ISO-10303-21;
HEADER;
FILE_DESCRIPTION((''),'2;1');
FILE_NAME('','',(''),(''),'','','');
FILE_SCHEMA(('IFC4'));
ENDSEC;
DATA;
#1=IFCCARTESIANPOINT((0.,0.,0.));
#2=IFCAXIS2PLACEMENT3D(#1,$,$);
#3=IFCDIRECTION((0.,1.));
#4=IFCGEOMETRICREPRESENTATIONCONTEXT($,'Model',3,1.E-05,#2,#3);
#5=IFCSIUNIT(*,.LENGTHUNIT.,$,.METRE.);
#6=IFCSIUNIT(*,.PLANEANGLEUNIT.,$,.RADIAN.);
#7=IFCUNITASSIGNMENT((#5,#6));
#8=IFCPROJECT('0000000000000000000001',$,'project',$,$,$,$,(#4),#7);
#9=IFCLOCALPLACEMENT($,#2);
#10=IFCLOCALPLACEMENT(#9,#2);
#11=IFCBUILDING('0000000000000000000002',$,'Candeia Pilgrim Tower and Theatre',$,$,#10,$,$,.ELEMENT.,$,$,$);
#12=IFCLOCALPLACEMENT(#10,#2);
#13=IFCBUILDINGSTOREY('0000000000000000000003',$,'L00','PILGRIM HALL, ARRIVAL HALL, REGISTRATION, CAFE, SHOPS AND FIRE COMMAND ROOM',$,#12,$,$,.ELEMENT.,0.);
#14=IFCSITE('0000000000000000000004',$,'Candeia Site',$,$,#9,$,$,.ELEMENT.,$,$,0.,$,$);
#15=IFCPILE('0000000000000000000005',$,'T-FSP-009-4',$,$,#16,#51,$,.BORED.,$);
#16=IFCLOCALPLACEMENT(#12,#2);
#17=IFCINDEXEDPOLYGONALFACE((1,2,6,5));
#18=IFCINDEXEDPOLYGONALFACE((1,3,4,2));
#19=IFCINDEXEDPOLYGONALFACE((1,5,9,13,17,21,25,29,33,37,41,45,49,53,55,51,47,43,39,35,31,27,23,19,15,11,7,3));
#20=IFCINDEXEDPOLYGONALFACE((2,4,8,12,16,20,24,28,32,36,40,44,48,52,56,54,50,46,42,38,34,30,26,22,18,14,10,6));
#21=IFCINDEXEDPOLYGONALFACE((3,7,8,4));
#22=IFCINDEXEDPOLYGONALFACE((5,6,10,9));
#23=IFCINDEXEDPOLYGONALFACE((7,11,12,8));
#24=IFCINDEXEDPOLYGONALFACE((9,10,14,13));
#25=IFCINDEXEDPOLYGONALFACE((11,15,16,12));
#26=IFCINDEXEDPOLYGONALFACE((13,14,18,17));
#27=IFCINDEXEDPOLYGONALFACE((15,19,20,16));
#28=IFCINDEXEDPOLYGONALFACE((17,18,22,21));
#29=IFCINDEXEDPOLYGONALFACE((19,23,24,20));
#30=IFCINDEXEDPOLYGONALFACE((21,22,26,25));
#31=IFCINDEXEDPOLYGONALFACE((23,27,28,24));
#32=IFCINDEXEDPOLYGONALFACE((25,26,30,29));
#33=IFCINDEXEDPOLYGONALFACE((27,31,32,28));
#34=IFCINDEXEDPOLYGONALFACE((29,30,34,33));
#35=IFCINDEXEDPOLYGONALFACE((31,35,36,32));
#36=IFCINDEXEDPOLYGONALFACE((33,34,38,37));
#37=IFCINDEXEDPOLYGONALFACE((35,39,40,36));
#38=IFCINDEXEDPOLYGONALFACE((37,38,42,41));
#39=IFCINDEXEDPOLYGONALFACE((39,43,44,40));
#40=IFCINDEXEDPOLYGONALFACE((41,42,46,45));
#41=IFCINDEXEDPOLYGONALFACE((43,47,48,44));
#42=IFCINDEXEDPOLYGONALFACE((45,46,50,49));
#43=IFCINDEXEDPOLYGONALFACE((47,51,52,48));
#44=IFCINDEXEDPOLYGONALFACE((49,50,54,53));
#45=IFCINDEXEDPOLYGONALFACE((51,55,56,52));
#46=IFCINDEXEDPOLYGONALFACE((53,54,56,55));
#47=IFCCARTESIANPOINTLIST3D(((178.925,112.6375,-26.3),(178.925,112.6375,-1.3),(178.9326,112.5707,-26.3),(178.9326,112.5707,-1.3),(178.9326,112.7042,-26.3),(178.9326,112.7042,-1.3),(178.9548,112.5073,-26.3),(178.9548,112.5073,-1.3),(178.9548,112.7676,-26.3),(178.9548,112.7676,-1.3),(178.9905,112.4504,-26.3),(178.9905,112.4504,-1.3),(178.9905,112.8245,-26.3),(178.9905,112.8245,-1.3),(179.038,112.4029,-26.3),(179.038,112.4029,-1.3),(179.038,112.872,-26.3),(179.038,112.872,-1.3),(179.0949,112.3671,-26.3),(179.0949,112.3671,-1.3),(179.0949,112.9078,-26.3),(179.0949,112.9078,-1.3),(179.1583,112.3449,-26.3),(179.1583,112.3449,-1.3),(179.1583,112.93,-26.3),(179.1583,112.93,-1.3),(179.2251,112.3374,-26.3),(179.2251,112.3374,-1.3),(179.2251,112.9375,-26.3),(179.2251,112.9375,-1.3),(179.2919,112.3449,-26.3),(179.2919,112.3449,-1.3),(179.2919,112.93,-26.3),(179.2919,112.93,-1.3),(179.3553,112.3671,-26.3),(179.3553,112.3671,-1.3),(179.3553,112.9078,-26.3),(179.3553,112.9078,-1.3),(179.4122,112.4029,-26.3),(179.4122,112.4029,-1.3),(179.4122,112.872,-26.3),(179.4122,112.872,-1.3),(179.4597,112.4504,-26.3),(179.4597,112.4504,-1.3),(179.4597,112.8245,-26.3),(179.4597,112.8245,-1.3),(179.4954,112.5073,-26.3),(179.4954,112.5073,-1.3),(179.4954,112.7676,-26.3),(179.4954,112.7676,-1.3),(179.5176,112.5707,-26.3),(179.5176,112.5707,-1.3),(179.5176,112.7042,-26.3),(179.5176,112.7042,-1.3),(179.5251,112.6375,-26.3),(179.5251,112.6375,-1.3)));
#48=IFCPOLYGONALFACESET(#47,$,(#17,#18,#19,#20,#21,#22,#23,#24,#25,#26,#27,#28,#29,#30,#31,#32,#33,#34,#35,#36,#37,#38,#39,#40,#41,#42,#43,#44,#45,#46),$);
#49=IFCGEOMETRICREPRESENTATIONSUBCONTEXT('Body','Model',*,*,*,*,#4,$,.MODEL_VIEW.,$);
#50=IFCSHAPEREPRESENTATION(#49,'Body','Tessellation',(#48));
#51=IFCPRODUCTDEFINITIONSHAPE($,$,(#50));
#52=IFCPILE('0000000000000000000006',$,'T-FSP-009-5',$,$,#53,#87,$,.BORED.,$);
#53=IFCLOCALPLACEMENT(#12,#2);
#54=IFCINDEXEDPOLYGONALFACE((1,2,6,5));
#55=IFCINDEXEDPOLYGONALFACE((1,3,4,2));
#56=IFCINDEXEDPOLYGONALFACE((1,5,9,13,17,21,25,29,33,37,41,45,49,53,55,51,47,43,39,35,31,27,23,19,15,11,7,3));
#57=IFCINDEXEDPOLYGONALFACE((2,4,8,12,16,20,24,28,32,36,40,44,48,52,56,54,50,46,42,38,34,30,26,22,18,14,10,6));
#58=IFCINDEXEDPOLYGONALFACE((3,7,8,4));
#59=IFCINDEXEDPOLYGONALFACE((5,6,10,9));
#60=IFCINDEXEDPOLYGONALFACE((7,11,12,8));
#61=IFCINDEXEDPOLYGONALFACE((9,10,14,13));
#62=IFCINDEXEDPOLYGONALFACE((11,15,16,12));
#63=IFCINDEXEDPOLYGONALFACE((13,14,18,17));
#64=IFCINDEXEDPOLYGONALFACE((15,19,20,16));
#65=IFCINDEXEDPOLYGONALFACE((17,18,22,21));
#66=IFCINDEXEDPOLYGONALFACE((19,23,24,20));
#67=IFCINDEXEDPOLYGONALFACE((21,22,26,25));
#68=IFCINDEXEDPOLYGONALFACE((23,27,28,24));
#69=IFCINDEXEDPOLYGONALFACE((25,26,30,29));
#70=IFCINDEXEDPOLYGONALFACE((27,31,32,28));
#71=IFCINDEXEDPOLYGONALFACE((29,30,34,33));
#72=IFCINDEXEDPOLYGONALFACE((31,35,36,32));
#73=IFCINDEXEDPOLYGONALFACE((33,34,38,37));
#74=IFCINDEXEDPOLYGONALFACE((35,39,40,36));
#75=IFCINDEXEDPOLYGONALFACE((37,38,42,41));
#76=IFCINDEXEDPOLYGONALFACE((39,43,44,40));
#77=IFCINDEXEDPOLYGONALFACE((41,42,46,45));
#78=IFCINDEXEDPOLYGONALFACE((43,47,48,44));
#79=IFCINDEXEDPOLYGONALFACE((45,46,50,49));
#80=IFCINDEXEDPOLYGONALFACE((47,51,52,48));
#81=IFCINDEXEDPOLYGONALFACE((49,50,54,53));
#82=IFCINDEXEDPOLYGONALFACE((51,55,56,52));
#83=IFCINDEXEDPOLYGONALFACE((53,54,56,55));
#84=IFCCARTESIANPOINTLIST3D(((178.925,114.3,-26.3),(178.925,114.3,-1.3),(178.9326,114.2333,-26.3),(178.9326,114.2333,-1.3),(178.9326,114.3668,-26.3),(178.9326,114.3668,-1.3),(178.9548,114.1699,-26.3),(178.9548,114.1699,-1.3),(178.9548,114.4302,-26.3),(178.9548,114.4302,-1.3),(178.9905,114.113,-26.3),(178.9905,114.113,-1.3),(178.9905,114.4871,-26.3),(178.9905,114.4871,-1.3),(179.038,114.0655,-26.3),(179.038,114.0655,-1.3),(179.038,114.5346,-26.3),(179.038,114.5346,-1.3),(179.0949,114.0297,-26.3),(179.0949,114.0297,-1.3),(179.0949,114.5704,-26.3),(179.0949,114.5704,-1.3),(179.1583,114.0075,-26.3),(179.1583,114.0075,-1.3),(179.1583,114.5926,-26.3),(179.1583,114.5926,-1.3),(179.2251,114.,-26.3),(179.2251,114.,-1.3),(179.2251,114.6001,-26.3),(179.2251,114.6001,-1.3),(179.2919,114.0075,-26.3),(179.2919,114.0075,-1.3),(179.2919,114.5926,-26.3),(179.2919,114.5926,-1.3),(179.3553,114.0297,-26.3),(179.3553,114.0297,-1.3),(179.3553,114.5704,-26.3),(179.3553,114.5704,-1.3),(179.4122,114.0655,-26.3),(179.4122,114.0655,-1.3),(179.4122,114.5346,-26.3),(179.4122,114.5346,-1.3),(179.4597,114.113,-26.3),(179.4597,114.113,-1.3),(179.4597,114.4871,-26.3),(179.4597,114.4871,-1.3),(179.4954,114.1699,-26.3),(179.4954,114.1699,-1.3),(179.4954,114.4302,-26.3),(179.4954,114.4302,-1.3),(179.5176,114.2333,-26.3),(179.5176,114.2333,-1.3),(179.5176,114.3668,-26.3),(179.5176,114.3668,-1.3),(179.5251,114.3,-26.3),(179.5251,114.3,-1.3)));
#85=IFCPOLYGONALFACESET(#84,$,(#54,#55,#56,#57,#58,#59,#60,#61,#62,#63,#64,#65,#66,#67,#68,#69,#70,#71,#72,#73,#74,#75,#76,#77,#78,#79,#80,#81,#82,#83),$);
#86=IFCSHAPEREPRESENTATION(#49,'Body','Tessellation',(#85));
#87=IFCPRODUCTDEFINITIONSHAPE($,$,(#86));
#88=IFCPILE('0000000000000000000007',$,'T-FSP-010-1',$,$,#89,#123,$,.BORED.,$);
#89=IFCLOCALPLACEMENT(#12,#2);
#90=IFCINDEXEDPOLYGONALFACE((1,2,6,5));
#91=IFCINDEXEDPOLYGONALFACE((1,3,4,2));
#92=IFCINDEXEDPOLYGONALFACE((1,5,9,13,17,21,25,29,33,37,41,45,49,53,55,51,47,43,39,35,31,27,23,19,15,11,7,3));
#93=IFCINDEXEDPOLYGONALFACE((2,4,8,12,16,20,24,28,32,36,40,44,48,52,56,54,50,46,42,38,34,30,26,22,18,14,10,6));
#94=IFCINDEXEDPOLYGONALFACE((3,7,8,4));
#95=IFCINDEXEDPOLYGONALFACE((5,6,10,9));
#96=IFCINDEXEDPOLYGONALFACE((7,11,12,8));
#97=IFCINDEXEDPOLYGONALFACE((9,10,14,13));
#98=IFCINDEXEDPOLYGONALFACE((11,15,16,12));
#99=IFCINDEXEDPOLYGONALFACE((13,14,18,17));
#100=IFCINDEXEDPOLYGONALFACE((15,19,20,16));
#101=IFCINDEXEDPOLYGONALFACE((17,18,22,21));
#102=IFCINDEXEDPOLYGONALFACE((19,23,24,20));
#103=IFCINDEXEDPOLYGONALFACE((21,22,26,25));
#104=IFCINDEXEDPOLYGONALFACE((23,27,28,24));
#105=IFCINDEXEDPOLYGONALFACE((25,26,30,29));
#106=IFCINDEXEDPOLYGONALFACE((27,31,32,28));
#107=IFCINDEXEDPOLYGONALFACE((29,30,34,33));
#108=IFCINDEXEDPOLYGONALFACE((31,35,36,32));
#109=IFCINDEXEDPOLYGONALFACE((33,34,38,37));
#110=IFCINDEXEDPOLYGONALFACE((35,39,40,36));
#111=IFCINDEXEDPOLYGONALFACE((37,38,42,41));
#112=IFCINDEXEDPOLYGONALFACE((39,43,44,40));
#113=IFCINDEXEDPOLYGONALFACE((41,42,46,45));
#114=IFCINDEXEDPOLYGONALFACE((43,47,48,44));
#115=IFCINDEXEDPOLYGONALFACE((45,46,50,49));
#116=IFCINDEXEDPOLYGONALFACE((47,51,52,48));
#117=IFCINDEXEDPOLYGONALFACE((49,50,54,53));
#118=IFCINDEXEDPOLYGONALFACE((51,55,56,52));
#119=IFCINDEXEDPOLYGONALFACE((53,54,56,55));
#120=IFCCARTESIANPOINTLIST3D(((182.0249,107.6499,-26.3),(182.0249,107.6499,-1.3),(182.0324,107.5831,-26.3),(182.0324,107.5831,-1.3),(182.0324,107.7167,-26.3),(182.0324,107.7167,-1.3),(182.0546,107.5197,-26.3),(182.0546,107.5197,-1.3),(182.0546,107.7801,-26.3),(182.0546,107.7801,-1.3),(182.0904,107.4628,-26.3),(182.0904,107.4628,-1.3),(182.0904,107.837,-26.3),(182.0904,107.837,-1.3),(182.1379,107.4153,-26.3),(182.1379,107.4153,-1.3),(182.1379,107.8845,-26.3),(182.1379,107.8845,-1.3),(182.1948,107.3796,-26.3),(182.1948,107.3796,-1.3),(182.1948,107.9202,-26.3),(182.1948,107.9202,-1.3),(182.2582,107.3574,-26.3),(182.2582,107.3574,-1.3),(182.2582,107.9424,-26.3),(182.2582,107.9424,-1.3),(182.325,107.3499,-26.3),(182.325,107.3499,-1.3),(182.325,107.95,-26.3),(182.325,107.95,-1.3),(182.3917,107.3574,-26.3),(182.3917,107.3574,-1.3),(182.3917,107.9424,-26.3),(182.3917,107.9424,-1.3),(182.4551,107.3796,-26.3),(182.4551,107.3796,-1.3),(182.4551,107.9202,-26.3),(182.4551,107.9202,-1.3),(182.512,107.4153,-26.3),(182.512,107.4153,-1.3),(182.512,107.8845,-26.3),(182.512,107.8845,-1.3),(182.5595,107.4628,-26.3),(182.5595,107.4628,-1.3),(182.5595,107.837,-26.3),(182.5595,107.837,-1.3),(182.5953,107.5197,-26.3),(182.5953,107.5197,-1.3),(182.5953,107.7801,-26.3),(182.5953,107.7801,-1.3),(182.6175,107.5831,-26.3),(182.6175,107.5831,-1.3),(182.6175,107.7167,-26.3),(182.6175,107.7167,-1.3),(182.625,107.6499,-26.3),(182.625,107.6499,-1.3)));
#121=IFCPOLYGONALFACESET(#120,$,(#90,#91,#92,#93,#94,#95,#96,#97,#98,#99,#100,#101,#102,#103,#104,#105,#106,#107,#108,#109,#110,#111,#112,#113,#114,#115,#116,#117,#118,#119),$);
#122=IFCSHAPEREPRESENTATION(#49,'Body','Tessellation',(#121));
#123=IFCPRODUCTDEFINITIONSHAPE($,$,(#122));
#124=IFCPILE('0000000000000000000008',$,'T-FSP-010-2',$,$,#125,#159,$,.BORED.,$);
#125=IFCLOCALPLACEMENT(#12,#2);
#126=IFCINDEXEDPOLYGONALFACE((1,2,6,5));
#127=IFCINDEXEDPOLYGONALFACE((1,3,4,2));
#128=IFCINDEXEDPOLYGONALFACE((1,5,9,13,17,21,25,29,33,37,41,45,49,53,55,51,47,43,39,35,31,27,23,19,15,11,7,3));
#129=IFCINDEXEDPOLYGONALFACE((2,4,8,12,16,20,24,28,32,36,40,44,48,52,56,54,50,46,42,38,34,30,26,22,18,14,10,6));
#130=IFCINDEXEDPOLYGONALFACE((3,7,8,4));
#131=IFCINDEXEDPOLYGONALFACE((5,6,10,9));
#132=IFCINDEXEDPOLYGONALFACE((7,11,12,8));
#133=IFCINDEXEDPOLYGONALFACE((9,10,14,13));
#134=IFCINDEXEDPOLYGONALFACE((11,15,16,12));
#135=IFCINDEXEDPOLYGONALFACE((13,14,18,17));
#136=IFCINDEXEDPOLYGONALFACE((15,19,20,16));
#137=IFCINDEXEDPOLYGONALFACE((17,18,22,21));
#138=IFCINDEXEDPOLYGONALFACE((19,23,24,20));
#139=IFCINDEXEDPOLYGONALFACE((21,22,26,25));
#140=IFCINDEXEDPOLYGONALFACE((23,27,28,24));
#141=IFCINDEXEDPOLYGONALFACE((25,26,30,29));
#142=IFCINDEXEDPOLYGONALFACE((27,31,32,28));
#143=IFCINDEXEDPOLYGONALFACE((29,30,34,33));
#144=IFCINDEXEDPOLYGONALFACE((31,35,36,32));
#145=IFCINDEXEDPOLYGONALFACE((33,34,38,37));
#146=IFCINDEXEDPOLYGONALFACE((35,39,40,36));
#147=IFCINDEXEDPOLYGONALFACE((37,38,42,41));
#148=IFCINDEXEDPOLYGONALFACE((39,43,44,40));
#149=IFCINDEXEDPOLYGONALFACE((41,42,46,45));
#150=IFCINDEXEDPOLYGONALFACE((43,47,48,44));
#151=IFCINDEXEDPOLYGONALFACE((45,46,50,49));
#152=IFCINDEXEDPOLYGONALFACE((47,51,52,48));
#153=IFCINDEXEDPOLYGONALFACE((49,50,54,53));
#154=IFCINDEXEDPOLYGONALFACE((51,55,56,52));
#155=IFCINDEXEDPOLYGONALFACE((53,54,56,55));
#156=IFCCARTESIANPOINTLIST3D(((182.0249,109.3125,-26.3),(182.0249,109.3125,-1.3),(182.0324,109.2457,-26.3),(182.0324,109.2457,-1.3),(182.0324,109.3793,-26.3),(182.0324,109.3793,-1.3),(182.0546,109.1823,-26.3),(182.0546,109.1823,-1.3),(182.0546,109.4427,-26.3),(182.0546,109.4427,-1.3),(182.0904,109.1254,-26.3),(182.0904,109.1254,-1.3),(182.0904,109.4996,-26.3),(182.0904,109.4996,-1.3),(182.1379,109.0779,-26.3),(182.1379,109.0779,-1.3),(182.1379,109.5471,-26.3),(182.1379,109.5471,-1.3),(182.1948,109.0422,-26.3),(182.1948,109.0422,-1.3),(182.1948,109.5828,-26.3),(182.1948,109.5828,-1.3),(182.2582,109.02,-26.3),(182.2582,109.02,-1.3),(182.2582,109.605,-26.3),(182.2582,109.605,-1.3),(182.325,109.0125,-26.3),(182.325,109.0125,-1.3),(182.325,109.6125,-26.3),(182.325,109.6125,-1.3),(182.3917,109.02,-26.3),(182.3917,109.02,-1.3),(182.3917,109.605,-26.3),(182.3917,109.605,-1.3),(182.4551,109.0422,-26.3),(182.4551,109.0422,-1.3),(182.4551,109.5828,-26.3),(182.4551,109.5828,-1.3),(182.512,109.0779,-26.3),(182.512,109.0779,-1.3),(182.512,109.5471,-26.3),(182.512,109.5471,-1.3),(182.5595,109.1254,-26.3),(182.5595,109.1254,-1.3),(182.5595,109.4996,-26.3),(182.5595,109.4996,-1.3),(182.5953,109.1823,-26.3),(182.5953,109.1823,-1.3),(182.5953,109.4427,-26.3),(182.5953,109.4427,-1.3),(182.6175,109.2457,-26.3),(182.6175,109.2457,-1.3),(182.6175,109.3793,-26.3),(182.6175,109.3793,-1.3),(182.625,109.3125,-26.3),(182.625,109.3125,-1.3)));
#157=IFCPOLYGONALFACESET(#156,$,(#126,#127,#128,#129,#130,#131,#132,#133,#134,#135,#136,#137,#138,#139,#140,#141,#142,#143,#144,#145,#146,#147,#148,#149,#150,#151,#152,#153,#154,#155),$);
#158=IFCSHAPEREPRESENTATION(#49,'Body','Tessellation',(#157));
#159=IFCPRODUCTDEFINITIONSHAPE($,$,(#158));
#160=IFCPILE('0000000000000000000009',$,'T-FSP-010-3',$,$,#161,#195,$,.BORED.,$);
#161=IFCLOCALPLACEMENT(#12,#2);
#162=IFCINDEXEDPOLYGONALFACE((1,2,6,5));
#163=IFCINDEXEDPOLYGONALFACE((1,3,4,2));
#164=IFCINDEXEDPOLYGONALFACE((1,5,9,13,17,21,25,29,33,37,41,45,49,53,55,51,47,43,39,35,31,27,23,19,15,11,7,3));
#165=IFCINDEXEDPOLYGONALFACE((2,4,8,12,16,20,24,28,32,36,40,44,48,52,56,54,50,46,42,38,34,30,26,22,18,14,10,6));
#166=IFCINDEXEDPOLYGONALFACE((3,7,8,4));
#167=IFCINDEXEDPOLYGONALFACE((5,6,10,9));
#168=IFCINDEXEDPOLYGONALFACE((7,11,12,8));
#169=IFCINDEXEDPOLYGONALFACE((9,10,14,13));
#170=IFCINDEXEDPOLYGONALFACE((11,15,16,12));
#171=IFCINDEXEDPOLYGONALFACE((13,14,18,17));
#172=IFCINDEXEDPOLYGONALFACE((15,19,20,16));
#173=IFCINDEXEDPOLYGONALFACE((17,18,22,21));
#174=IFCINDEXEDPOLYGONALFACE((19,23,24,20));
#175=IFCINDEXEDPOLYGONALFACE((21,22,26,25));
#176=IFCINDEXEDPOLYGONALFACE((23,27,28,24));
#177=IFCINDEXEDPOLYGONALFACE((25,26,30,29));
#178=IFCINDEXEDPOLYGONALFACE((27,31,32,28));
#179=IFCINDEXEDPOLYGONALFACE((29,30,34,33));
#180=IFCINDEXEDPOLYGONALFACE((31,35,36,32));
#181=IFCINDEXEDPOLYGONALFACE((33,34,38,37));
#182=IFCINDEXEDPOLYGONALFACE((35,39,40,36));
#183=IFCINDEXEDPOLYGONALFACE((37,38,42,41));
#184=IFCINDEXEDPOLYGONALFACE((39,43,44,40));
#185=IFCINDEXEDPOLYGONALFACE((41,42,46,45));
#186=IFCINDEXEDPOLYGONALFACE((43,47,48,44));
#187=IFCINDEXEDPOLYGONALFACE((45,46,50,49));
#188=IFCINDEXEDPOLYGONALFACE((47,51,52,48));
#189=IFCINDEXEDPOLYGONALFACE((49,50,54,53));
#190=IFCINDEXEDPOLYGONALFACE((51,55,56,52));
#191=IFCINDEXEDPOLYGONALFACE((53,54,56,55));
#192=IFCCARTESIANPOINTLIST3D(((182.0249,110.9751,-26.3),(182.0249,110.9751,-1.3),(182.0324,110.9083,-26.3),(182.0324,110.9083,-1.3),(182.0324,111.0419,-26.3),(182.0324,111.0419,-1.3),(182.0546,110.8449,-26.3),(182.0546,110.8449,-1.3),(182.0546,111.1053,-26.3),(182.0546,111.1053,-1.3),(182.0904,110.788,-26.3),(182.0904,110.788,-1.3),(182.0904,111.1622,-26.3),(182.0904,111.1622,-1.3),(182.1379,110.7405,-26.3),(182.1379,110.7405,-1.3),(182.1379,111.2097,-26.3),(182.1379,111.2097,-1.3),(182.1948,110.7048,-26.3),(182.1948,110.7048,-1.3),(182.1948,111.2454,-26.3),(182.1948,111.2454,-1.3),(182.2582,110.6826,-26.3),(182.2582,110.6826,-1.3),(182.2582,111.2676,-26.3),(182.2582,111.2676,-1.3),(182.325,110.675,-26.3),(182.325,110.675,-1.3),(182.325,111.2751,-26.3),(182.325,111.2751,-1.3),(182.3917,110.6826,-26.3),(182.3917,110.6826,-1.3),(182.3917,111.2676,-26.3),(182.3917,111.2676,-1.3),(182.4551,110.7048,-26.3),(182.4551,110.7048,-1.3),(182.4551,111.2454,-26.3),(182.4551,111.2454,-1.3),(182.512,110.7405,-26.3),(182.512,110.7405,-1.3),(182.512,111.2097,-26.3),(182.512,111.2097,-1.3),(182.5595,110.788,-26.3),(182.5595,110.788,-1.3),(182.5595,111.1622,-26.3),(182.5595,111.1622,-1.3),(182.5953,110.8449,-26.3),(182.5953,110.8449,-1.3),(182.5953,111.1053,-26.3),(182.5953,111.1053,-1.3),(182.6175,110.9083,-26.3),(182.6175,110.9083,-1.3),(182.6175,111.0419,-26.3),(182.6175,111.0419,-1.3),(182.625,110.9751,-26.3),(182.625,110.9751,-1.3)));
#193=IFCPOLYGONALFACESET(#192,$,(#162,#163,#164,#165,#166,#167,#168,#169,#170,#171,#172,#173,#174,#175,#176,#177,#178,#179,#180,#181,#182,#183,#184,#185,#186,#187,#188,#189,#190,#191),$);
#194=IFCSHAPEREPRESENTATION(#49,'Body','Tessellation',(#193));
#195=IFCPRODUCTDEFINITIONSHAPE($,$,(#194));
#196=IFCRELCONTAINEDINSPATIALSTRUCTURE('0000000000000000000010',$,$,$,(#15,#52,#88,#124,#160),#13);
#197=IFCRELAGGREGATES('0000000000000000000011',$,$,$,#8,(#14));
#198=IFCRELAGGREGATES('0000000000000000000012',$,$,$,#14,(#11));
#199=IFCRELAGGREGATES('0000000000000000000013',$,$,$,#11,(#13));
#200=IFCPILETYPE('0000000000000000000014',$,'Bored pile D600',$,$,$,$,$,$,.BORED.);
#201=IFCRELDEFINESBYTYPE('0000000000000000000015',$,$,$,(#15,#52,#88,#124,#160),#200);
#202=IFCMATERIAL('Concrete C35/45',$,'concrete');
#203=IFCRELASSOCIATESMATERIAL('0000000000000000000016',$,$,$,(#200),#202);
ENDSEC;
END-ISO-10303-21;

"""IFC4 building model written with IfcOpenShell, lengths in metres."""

from ifc_helpers import new_model, si_unit, direction, frame, origin, origin_2d, place, context, subcontext, project, spatial, circle, extrude, material, type_object, element, save


model = new_model("IFC4")

# Units and contexts
model_context = context("Model", 3, precision=1e-05, world=origin(), true_north=direction((0.0, 1.0)))
body_context = subcontext(model_context, "Body", "Model", "MODEL_VIEW")
ifc_project = project(units=[si_unit("LENGTHUNIT", "METRE"), si_unit("PLANEANGLEUNIT", "RADIAN")], contexts=[model_context])

# Site, building, storey
site_placement = place(None, origin())
site = spatial("IfcSite", under=ifc_project, at=site_placement, Name="Candeia Site", CompositionType="ELEMENT", RefElevation=0.0)
building_placement = place(site_placement, origin())
building = spatial("IfcBuilding", under=site, at=building_placement, Name="Candeia Pilgrim Tower and Theatre", CompositionType="ELEMENT")
storey_placement = place(building_placement, origin())
storey = spatial("IfcBuildingStorey", under=building, at=storey_placement, Name="L00", Description="PILGRIM HALL, ARRIVAL HALL, REGISTRATION, CAFE, SHOPS AND FIRE COMMAND ROOM", CompositionType="ELEMENT", Elevation=0.0)

# Piles
ifc_material_1 = material(Name="Concrete C35/45", Category="concrete")
pile_type = type_object("IfcPileType", Name="Bored pile D600", PredefinedType="BORED", material=ifc_material_1)
for number, where, z_axis, x_axis, name in (
    (1, (179.2251, 112.6375, -1.3), (0.0, 0.0, -1.0), (1.0, 0.0, 0.0), "T-FSP-009-4"),
    (2, (179.2251, 114.3, -1.3), (0.0, 0.0, -1.0), (1.0, 0.0, 0.0), "T-FSP-009-5"),
    (3, (182.325, 107.6499, -1.3), (0.0, 0.0, -1.0), (1.0, 0.0, 0.0), "T-FSP-010-1"),
    (4, (182.325, 109.3125, -1.3), (0.0, 0.0, -1.0), (1.0, 0.0, 0.0), "T-FSP-010-2"),
    (5, (182.325, 110.9751, -1.3), (0.0, 0.0, -1.0), (1.0, 0.0, 0.0), "T-FSP-010-3"),
):
    element("IfcPile", number, at=place(storey_placement, frame(where, z_axis=z_axis, x_axis=x_axis)), inside=storey, type_object=pile_type, Name=name, PredefinedType="BORED", context=body_context, shape_type="SweptSolid", body=[
        extrude(circle(Radius=0.3, at=origin_2d()), origin(), (0.0, 0.0, 1.0), 25.0),
    ])

save(model, "model.ifc")
